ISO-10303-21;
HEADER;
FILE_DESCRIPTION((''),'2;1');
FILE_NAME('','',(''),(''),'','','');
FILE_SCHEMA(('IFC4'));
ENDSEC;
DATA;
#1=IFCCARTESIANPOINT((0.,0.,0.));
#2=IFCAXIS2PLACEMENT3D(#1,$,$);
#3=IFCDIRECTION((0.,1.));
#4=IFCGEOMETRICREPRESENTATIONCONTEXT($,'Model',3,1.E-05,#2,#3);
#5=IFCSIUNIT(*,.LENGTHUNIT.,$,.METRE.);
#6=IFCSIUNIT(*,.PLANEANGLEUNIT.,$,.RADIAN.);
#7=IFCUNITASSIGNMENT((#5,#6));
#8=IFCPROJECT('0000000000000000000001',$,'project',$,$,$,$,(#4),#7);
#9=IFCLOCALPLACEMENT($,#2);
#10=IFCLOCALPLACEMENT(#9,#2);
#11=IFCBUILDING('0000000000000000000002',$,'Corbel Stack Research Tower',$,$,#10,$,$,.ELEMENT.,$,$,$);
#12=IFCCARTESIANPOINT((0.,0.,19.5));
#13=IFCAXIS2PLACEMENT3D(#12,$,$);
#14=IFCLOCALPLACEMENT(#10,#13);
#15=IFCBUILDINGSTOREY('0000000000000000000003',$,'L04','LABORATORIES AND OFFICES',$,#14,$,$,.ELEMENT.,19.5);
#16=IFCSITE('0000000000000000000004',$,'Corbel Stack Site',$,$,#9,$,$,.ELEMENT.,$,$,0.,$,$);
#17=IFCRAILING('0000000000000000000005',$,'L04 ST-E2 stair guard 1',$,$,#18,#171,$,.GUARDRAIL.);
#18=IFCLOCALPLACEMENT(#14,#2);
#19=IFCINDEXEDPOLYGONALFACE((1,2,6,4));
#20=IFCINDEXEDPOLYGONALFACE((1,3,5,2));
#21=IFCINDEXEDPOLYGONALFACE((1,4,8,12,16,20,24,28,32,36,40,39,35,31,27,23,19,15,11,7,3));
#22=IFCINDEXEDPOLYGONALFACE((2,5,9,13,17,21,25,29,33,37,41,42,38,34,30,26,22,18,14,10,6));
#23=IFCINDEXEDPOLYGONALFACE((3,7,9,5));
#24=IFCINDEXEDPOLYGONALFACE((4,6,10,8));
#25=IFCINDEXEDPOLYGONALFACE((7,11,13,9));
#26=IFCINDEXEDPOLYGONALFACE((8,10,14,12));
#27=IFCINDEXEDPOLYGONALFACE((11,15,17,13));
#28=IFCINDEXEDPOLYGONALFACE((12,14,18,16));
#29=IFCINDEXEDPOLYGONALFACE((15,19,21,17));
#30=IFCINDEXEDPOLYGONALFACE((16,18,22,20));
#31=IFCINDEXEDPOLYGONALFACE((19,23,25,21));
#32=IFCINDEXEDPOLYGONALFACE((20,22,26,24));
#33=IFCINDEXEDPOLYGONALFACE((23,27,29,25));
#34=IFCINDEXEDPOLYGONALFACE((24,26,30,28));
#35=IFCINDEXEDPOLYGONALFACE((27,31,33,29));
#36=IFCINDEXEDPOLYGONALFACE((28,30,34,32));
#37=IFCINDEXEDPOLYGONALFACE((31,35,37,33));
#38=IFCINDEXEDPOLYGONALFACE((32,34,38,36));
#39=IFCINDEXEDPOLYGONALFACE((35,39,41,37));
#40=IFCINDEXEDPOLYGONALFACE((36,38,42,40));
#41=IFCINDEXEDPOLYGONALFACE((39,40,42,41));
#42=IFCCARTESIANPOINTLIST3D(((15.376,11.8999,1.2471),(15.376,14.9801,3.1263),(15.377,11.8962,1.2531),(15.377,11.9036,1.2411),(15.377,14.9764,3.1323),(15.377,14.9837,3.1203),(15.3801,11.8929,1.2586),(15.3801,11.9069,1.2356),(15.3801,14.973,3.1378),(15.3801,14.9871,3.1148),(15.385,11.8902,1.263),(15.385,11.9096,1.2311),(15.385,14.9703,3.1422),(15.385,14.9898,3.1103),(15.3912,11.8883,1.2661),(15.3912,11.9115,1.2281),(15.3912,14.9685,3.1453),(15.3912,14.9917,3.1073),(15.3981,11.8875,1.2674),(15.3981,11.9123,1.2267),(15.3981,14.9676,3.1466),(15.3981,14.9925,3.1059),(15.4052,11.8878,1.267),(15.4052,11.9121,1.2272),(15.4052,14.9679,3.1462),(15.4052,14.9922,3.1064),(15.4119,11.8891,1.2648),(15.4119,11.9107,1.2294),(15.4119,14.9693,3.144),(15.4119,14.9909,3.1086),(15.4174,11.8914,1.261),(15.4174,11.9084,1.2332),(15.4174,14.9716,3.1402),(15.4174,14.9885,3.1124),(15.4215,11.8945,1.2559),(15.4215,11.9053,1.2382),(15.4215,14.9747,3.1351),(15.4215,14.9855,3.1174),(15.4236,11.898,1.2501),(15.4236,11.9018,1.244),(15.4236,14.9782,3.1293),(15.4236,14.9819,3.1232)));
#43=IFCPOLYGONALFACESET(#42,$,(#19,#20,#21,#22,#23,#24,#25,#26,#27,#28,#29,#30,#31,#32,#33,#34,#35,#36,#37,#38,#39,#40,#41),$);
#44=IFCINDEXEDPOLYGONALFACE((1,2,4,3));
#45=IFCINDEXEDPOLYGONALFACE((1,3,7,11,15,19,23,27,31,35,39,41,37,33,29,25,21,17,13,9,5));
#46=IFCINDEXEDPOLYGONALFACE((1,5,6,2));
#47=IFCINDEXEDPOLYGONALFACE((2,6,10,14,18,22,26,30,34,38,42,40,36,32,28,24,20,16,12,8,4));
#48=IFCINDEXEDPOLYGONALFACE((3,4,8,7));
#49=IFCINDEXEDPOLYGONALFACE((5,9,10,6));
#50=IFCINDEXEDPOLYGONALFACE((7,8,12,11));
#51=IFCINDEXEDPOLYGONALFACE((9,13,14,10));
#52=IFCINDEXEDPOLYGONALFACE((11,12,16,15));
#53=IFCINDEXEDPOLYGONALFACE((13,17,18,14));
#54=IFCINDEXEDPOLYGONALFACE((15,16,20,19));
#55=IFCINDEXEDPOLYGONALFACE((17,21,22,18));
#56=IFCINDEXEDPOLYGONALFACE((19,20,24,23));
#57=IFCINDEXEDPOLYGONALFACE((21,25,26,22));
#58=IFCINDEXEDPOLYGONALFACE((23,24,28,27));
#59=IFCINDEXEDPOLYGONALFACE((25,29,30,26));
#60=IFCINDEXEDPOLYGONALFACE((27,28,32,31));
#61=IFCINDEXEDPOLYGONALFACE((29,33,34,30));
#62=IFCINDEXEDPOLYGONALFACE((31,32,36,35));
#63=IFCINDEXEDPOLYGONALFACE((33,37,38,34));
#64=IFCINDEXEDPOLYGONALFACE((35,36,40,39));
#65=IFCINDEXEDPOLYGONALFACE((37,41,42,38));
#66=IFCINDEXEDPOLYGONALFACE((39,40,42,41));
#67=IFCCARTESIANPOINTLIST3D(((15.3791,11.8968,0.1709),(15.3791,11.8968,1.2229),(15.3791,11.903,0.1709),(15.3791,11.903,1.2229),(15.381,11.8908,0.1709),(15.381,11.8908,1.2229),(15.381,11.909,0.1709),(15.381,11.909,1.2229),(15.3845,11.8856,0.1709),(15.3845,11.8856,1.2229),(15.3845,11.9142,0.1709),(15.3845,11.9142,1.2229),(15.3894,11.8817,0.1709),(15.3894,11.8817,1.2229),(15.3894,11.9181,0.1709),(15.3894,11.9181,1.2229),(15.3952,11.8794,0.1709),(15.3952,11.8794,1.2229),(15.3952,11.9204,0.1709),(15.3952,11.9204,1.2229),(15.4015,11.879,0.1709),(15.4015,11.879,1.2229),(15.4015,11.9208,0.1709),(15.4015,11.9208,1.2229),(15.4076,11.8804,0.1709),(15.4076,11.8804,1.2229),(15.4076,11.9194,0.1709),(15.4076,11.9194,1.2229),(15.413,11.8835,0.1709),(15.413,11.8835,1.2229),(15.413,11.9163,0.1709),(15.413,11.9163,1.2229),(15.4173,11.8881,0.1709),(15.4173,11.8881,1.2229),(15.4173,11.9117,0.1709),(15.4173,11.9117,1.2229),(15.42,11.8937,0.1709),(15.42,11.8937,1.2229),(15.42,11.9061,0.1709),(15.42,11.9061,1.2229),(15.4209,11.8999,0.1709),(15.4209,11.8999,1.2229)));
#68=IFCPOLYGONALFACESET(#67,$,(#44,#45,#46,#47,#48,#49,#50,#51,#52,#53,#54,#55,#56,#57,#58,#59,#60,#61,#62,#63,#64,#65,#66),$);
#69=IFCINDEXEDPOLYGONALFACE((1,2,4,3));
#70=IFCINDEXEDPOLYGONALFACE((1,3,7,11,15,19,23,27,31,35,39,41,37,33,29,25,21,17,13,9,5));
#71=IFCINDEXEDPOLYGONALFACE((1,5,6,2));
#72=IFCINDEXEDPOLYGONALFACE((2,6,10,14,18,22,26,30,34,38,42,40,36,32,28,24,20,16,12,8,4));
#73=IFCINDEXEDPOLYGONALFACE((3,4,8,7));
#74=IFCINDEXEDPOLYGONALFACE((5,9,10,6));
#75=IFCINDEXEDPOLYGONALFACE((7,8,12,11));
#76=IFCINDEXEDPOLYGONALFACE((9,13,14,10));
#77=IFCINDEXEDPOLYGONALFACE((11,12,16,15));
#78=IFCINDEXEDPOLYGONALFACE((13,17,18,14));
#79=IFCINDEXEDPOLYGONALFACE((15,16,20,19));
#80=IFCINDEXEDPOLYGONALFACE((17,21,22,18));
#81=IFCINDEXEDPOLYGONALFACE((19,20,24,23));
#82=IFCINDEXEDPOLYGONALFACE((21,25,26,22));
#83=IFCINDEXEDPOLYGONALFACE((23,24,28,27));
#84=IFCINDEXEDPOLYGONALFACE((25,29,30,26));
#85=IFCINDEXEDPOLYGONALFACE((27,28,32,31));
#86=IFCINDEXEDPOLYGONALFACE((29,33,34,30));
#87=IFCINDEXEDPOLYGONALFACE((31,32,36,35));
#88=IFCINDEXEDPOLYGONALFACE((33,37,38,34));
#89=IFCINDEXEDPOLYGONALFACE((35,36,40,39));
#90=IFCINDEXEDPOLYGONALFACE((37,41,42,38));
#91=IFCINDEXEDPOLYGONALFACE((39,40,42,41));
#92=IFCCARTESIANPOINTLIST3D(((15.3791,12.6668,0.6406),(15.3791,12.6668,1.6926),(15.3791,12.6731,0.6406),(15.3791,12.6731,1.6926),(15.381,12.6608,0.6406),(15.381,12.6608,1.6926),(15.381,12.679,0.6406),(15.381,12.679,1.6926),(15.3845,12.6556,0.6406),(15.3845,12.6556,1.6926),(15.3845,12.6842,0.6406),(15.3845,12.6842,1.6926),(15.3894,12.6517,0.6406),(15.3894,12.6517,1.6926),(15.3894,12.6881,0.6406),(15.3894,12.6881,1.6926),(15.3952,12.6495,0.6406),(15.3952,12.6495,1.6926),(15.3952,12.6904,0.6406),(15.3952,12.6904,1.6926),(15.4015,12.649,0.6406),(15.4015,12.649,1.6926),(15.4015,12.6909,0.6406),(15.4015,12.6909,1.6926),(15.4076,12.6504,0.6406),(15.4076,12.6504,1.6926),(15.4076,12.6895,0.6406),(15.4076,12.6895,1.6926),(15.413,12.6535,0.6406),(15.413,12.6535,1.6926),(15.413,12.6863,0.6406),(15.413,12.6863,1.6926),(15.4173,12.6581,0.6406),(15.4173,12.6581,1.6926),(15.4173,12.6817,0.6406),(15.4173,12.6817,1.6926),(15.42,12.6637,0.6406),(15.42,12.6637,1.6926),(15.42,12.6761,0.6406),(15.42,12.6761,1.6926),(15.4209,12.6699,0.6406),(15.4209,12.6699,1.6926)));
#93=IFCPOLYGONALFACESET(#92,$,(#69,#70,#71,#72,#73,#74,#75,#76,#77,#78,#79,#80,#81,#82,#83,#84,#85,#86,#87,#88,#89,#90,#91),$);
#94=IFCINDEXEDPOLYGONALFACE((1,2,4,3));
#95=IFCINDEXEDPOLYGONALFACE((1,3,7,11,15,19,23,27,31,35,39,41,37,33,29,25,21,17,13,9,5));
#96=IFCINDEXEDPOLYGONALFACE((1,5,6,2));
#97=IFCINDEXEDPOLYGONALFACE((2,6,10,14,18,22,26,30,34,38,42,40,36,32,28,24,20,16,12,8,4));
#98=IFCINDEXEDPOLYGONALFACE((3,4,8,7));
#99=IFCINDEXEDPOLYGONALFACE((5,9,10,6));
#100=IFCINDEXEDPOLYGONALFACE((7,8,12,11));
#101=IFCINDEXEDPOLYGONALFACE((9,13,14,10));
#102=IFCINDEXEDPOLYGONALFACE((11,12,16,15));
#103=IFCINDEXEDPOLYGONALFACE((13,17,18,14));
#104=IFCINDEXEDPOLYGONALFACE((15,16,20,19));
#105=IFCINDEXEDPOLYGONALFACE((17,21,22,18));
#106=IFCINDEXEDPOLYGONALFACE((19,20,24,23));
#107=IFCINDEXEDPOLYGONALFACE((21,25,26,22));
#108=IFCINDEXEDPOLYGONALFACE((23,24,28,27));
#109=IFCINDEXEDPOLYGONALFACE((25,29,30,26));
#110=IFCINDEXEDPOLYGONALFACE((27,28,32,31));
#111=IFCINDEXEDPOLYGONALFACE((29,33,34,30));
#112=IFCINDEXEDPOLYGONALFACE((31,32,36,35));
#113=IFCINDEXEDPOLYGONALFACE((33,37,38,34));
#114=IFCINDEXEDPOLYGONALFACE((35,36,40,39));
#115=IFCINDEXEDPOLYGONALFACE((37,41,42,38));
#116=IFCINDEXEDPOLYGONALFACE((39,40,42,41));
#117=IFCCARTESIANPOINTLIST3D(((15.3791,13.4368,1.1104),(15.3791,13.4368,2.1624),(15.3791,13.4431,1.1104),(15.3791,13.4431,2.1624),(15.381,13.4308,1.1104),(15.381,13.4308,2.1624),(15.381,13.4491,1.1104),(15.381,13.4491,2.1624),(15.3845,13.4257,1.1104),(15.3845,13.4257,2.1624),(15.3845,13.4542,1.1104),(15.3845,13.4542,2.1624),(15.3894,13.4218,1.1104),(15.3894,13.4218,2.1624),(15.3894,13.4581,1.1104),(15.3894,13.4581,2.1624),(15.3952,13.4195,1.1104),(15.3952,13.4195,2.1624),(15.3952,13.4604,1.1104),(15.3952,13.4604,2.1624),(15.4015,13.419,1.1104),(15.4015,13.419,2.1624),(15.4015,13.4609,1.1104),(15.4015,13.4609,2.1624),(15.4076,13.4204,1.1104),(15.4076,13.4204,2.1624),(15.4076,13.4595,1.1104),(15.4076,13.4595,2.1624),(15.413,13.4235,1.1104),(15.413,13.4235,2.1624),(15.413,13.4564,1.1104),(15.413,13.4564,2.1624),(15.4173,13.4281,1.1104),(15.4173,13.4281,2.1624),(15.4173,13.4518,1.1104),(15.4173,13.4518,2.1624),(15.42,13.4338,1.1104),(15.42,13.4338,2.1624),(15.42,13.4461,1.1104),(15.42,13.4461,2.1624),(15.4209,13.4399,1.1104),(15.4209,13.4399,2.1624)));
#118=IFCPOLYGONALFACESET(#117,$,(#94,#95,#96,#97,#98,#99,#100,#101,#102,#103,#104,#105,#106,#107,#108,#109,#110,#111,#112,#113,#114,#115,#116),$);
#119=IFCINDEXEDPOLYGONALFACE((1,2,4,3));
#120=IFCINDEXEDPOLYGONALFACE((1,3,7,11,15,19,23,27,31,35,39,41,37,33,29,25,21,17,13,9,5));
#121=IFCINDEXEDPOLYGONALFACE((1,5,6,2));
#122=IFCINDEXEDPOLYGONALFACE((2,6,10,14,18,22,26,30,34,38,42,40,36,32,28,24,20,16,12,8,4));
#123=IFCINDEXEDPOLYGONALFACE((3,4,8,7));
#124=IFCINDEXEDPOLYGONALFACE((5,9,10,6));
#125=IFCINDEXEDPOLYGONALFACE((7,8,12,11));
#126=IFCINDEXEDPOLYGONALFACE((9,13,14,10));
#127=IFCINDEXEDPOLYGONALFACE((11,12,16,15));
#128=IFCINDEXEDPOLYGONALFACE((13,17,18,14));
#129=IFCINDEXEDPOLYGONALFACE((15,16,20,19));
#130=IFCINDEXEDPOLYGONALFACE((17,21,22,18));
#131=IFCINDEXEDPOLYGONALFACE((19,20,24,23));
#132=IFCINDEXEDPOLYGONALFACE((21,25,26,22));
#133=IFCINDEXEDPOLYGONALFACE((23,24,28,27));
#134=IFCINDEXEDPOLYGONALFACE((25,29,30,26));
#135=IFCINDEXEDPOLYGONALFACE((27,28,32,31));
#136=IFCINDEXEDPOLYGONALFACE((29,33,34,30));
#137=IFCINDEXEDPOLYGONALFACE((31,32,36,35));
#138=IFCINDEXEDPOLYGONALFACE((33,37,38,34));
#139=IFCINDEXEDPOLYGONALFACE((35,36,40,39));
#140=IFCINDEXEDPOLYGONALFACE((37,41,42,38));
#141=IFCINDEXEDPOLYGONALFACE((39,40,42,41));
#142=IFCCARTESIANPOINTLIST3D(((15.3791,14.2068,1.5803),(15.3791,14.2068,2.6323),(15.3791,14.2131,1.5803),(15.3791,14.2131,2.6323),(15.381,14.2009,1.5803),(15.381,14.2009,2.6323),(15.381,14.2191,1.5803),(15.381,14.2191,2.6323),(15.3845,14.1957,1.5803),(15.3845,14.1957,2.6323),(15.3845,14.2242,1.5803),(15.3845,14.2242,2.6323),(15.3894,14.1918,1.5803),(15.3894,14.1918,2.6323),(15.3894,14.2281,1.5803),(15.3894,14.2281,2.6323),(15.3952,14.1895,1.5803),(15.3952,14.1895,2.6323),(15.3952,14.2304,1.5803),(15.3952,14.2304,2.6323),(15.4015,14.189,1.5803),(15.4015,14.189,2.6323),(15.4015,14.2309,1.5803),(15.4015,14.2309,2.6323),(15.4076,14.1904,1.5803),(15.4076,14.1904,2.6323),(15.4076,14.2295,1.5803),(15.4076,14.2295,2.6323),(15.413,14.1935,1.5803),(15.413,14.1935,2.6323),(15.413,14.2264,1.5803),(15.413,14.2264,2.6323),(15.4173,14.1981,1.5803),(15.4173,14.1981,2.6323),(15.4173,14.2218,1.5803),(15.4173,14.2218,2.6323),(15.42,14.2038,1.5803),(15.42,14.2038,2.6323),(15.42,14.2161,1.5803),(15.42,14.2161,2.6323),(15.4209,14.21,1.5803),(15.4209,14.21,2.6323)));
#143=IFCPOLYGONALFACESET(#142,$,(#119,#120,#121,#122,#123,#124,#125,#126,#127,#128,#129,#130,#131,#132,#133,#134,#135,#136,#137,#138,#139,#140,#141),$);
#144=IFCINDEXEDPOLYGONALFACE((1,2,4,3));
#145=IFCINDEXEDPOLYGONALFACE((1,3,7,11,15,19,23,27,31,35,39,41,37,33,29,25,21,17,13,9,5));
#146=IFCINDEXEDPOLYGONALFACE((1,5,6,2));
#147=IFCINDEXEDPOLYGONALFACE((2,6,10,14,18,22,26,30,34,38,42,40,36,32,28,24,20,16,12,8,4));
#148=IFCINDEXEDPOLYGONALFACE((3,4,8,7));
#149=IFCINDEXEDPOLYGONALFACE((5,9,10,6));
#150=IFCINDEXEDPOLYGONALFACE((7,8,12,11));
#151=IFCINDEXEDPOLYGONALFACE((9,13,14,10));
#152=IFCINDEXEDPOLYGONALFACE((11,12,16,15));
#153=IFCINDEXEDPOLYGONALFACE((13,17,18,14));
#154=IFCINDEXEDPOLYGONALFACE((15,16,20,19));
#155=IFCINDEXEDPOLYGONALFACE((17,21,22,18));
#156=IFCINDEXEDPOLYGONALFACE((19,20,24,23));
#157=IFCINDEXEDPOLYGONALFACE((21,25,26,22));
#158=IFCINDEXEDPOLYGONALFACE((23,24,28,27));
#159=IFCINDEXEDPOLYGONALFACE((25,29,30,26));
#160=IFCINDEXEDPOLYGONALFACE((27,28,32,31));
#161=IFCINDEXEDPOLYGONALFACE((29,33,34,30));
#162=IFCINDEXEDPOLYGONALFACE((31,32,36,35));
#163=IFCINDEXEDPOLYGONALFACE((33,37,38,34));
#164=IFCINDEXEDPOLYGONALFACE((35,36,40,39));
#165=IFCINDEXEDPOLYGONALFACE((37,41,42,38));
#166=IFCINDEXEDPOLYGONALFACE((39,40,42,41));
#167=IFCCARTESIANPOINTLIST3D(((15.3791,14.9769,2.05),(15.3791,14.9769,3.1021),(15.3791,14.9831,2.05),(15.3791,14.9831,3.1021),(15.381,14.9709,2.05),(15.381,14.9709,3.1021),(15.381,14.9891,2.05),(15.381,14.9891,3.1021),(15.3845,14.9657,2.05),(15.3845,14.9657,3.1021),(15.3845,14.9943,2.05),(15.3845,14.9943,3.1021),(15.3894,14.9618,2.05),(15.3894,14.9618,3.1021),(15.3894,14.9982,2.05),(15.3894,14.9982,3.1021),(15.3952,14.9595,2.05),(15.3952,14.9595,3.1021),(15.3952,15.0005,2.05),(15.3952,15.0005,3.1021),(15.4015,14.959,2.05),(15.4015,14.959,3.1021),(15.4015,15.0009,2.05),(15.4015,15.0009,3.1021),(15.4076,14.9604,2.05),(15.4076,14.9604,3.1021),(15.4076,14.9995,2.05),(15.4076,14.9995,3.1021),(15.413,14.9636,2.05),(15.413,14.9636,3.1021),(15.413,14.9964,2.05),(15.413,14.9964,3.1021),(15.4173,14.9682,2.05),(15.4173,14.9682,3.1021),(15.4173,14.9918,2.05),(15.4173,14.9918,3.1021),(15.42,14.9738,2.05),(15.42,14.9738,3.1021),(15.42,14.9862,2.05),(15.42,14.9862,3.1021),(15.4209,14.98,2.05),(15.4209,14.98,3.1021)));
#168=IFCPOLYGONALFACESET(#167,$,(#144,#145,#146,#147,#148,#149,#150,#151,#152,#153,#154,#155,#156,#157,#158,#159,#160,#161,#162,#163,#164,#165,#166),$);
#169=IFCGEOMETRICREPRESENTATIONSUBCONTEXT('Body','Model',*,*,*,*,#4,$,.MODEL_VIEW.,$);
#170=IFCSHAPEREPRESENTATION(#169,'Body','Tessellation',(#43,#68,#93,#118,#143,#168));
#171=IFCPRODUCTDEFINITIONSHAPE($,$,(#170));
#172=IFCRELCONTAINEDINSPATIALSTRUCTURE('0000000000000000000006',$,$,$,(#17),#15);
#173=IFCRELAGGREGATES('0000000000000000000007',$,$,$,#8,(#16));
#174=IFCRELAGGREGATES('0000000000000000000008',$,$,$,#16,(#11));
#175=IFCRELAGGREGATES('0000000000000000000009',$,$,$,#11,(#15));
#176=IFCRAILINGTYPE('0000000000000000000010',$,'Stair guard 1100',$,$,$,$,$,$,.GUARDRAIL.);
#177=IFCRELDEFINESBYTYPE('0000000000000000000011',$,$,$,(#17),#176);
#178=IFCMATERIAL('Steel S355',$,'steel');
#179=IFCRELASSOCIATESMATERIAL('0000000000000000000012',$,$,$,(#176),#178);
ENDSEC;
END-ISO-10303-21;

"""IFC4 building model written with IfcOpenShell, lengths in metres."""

from ifc_helpers import new_model, si_unit, direction, frame, origin, origin_2d, place, context, subcontext, project, spatial, circle, extrude, material, type_object, element, save


model = new_model("IFC4")

# Units and contexts
model_context = context("Model", 3, precision=1e-05, world=origin(), true_north=direction((0.0, 1.0)))
body_context = subcontext(model_context, "Body", "Model", "MODEL_VIEW")
ifc_project = project(units=[si_unit("LENGTHUNIT", "METRE"), si_unit("PLANEANGLEUNIT", "RADIAN")], contexts=[model_context])

# Site, building, storey
site_placement = place(None, origin())
site = spatial("IfcSite", under=ifc_project, at=site_placement, Name="Corbel Stack Site", CompositionType="ELEMENT", RefElevation=0.0)
building_placement = place(site_placement, origin())
building = spatial("IfcBuilding", under=site, at=building_placement, Name="Corbel Stack Research Tower", CompositionType="ELEMENT")
storey_placement = place(building_placement, frame((0.0, 0.0, 19.5)))
storey = spatial("IfcBuildingStorey", under=building, at=storey_placement, Name="L04", Description="LABORATORIES AND OFFICES", CompositionType="ELEMENT", Elevation=19.5)

# Railing
ifc_material_1 = material(Name="Steel S355", Category="steel")
railing_type_1 = type_object("IfcRailingType", Name="Stair guard 1100", PredefinedType="GUARDRAIL", material=ifc_material_1)
railing_1_placement = place(storey_placement, frame((15.3999, 11.8999, 0.1709)))
element("IfcRailing", 1, at=railing_1_placement, inside=storey, type_object=railing_type_1, Name="L04 ST-E2 stair guard 1", PredefinedType="GUARDRAIL", context=body_context, shape_type="SweptSolid", body=[
    extrude(circle(Radius=0.0239, at=origin_2d()), frame((0.0, 0.0, 1.0762), z_axis=(0.0, 0.853666, 0.52082), x_axis=(-1.0, 0.0, 0.0)), (0.0, 0.0, 1.0), 3.6082),
    extrude(circle(Radius=0.021, at=origin_2d()), origin(), (0.0, 0.0, 1.0), 1.052),
    extrude(circle(Radius=0.021, at=origin_2d()), frame((0.0, 0.77, 0.4697)), (0.0, 0.0, 1.0), 1.052),
    extrude(circle(Radius=0.021, at=origin_2d()), frame((0.0, 1.54, 0.9395)), (0.0, 0.0, 1.0), 1.052),
    extrude(circle(Radius=0.021, at=origin_2d()), frame((0.0, 2.3101, 1.4094)), (0.0, 0.0, 1.0), 1.052),
    extrude(circle(Radius=0.021, at=origin_2d()), frame((0.0, 3.0801, 1.8792)), (0.0, 0.0, 1.0), 1.052),
])

save(model, "model.ifc")
